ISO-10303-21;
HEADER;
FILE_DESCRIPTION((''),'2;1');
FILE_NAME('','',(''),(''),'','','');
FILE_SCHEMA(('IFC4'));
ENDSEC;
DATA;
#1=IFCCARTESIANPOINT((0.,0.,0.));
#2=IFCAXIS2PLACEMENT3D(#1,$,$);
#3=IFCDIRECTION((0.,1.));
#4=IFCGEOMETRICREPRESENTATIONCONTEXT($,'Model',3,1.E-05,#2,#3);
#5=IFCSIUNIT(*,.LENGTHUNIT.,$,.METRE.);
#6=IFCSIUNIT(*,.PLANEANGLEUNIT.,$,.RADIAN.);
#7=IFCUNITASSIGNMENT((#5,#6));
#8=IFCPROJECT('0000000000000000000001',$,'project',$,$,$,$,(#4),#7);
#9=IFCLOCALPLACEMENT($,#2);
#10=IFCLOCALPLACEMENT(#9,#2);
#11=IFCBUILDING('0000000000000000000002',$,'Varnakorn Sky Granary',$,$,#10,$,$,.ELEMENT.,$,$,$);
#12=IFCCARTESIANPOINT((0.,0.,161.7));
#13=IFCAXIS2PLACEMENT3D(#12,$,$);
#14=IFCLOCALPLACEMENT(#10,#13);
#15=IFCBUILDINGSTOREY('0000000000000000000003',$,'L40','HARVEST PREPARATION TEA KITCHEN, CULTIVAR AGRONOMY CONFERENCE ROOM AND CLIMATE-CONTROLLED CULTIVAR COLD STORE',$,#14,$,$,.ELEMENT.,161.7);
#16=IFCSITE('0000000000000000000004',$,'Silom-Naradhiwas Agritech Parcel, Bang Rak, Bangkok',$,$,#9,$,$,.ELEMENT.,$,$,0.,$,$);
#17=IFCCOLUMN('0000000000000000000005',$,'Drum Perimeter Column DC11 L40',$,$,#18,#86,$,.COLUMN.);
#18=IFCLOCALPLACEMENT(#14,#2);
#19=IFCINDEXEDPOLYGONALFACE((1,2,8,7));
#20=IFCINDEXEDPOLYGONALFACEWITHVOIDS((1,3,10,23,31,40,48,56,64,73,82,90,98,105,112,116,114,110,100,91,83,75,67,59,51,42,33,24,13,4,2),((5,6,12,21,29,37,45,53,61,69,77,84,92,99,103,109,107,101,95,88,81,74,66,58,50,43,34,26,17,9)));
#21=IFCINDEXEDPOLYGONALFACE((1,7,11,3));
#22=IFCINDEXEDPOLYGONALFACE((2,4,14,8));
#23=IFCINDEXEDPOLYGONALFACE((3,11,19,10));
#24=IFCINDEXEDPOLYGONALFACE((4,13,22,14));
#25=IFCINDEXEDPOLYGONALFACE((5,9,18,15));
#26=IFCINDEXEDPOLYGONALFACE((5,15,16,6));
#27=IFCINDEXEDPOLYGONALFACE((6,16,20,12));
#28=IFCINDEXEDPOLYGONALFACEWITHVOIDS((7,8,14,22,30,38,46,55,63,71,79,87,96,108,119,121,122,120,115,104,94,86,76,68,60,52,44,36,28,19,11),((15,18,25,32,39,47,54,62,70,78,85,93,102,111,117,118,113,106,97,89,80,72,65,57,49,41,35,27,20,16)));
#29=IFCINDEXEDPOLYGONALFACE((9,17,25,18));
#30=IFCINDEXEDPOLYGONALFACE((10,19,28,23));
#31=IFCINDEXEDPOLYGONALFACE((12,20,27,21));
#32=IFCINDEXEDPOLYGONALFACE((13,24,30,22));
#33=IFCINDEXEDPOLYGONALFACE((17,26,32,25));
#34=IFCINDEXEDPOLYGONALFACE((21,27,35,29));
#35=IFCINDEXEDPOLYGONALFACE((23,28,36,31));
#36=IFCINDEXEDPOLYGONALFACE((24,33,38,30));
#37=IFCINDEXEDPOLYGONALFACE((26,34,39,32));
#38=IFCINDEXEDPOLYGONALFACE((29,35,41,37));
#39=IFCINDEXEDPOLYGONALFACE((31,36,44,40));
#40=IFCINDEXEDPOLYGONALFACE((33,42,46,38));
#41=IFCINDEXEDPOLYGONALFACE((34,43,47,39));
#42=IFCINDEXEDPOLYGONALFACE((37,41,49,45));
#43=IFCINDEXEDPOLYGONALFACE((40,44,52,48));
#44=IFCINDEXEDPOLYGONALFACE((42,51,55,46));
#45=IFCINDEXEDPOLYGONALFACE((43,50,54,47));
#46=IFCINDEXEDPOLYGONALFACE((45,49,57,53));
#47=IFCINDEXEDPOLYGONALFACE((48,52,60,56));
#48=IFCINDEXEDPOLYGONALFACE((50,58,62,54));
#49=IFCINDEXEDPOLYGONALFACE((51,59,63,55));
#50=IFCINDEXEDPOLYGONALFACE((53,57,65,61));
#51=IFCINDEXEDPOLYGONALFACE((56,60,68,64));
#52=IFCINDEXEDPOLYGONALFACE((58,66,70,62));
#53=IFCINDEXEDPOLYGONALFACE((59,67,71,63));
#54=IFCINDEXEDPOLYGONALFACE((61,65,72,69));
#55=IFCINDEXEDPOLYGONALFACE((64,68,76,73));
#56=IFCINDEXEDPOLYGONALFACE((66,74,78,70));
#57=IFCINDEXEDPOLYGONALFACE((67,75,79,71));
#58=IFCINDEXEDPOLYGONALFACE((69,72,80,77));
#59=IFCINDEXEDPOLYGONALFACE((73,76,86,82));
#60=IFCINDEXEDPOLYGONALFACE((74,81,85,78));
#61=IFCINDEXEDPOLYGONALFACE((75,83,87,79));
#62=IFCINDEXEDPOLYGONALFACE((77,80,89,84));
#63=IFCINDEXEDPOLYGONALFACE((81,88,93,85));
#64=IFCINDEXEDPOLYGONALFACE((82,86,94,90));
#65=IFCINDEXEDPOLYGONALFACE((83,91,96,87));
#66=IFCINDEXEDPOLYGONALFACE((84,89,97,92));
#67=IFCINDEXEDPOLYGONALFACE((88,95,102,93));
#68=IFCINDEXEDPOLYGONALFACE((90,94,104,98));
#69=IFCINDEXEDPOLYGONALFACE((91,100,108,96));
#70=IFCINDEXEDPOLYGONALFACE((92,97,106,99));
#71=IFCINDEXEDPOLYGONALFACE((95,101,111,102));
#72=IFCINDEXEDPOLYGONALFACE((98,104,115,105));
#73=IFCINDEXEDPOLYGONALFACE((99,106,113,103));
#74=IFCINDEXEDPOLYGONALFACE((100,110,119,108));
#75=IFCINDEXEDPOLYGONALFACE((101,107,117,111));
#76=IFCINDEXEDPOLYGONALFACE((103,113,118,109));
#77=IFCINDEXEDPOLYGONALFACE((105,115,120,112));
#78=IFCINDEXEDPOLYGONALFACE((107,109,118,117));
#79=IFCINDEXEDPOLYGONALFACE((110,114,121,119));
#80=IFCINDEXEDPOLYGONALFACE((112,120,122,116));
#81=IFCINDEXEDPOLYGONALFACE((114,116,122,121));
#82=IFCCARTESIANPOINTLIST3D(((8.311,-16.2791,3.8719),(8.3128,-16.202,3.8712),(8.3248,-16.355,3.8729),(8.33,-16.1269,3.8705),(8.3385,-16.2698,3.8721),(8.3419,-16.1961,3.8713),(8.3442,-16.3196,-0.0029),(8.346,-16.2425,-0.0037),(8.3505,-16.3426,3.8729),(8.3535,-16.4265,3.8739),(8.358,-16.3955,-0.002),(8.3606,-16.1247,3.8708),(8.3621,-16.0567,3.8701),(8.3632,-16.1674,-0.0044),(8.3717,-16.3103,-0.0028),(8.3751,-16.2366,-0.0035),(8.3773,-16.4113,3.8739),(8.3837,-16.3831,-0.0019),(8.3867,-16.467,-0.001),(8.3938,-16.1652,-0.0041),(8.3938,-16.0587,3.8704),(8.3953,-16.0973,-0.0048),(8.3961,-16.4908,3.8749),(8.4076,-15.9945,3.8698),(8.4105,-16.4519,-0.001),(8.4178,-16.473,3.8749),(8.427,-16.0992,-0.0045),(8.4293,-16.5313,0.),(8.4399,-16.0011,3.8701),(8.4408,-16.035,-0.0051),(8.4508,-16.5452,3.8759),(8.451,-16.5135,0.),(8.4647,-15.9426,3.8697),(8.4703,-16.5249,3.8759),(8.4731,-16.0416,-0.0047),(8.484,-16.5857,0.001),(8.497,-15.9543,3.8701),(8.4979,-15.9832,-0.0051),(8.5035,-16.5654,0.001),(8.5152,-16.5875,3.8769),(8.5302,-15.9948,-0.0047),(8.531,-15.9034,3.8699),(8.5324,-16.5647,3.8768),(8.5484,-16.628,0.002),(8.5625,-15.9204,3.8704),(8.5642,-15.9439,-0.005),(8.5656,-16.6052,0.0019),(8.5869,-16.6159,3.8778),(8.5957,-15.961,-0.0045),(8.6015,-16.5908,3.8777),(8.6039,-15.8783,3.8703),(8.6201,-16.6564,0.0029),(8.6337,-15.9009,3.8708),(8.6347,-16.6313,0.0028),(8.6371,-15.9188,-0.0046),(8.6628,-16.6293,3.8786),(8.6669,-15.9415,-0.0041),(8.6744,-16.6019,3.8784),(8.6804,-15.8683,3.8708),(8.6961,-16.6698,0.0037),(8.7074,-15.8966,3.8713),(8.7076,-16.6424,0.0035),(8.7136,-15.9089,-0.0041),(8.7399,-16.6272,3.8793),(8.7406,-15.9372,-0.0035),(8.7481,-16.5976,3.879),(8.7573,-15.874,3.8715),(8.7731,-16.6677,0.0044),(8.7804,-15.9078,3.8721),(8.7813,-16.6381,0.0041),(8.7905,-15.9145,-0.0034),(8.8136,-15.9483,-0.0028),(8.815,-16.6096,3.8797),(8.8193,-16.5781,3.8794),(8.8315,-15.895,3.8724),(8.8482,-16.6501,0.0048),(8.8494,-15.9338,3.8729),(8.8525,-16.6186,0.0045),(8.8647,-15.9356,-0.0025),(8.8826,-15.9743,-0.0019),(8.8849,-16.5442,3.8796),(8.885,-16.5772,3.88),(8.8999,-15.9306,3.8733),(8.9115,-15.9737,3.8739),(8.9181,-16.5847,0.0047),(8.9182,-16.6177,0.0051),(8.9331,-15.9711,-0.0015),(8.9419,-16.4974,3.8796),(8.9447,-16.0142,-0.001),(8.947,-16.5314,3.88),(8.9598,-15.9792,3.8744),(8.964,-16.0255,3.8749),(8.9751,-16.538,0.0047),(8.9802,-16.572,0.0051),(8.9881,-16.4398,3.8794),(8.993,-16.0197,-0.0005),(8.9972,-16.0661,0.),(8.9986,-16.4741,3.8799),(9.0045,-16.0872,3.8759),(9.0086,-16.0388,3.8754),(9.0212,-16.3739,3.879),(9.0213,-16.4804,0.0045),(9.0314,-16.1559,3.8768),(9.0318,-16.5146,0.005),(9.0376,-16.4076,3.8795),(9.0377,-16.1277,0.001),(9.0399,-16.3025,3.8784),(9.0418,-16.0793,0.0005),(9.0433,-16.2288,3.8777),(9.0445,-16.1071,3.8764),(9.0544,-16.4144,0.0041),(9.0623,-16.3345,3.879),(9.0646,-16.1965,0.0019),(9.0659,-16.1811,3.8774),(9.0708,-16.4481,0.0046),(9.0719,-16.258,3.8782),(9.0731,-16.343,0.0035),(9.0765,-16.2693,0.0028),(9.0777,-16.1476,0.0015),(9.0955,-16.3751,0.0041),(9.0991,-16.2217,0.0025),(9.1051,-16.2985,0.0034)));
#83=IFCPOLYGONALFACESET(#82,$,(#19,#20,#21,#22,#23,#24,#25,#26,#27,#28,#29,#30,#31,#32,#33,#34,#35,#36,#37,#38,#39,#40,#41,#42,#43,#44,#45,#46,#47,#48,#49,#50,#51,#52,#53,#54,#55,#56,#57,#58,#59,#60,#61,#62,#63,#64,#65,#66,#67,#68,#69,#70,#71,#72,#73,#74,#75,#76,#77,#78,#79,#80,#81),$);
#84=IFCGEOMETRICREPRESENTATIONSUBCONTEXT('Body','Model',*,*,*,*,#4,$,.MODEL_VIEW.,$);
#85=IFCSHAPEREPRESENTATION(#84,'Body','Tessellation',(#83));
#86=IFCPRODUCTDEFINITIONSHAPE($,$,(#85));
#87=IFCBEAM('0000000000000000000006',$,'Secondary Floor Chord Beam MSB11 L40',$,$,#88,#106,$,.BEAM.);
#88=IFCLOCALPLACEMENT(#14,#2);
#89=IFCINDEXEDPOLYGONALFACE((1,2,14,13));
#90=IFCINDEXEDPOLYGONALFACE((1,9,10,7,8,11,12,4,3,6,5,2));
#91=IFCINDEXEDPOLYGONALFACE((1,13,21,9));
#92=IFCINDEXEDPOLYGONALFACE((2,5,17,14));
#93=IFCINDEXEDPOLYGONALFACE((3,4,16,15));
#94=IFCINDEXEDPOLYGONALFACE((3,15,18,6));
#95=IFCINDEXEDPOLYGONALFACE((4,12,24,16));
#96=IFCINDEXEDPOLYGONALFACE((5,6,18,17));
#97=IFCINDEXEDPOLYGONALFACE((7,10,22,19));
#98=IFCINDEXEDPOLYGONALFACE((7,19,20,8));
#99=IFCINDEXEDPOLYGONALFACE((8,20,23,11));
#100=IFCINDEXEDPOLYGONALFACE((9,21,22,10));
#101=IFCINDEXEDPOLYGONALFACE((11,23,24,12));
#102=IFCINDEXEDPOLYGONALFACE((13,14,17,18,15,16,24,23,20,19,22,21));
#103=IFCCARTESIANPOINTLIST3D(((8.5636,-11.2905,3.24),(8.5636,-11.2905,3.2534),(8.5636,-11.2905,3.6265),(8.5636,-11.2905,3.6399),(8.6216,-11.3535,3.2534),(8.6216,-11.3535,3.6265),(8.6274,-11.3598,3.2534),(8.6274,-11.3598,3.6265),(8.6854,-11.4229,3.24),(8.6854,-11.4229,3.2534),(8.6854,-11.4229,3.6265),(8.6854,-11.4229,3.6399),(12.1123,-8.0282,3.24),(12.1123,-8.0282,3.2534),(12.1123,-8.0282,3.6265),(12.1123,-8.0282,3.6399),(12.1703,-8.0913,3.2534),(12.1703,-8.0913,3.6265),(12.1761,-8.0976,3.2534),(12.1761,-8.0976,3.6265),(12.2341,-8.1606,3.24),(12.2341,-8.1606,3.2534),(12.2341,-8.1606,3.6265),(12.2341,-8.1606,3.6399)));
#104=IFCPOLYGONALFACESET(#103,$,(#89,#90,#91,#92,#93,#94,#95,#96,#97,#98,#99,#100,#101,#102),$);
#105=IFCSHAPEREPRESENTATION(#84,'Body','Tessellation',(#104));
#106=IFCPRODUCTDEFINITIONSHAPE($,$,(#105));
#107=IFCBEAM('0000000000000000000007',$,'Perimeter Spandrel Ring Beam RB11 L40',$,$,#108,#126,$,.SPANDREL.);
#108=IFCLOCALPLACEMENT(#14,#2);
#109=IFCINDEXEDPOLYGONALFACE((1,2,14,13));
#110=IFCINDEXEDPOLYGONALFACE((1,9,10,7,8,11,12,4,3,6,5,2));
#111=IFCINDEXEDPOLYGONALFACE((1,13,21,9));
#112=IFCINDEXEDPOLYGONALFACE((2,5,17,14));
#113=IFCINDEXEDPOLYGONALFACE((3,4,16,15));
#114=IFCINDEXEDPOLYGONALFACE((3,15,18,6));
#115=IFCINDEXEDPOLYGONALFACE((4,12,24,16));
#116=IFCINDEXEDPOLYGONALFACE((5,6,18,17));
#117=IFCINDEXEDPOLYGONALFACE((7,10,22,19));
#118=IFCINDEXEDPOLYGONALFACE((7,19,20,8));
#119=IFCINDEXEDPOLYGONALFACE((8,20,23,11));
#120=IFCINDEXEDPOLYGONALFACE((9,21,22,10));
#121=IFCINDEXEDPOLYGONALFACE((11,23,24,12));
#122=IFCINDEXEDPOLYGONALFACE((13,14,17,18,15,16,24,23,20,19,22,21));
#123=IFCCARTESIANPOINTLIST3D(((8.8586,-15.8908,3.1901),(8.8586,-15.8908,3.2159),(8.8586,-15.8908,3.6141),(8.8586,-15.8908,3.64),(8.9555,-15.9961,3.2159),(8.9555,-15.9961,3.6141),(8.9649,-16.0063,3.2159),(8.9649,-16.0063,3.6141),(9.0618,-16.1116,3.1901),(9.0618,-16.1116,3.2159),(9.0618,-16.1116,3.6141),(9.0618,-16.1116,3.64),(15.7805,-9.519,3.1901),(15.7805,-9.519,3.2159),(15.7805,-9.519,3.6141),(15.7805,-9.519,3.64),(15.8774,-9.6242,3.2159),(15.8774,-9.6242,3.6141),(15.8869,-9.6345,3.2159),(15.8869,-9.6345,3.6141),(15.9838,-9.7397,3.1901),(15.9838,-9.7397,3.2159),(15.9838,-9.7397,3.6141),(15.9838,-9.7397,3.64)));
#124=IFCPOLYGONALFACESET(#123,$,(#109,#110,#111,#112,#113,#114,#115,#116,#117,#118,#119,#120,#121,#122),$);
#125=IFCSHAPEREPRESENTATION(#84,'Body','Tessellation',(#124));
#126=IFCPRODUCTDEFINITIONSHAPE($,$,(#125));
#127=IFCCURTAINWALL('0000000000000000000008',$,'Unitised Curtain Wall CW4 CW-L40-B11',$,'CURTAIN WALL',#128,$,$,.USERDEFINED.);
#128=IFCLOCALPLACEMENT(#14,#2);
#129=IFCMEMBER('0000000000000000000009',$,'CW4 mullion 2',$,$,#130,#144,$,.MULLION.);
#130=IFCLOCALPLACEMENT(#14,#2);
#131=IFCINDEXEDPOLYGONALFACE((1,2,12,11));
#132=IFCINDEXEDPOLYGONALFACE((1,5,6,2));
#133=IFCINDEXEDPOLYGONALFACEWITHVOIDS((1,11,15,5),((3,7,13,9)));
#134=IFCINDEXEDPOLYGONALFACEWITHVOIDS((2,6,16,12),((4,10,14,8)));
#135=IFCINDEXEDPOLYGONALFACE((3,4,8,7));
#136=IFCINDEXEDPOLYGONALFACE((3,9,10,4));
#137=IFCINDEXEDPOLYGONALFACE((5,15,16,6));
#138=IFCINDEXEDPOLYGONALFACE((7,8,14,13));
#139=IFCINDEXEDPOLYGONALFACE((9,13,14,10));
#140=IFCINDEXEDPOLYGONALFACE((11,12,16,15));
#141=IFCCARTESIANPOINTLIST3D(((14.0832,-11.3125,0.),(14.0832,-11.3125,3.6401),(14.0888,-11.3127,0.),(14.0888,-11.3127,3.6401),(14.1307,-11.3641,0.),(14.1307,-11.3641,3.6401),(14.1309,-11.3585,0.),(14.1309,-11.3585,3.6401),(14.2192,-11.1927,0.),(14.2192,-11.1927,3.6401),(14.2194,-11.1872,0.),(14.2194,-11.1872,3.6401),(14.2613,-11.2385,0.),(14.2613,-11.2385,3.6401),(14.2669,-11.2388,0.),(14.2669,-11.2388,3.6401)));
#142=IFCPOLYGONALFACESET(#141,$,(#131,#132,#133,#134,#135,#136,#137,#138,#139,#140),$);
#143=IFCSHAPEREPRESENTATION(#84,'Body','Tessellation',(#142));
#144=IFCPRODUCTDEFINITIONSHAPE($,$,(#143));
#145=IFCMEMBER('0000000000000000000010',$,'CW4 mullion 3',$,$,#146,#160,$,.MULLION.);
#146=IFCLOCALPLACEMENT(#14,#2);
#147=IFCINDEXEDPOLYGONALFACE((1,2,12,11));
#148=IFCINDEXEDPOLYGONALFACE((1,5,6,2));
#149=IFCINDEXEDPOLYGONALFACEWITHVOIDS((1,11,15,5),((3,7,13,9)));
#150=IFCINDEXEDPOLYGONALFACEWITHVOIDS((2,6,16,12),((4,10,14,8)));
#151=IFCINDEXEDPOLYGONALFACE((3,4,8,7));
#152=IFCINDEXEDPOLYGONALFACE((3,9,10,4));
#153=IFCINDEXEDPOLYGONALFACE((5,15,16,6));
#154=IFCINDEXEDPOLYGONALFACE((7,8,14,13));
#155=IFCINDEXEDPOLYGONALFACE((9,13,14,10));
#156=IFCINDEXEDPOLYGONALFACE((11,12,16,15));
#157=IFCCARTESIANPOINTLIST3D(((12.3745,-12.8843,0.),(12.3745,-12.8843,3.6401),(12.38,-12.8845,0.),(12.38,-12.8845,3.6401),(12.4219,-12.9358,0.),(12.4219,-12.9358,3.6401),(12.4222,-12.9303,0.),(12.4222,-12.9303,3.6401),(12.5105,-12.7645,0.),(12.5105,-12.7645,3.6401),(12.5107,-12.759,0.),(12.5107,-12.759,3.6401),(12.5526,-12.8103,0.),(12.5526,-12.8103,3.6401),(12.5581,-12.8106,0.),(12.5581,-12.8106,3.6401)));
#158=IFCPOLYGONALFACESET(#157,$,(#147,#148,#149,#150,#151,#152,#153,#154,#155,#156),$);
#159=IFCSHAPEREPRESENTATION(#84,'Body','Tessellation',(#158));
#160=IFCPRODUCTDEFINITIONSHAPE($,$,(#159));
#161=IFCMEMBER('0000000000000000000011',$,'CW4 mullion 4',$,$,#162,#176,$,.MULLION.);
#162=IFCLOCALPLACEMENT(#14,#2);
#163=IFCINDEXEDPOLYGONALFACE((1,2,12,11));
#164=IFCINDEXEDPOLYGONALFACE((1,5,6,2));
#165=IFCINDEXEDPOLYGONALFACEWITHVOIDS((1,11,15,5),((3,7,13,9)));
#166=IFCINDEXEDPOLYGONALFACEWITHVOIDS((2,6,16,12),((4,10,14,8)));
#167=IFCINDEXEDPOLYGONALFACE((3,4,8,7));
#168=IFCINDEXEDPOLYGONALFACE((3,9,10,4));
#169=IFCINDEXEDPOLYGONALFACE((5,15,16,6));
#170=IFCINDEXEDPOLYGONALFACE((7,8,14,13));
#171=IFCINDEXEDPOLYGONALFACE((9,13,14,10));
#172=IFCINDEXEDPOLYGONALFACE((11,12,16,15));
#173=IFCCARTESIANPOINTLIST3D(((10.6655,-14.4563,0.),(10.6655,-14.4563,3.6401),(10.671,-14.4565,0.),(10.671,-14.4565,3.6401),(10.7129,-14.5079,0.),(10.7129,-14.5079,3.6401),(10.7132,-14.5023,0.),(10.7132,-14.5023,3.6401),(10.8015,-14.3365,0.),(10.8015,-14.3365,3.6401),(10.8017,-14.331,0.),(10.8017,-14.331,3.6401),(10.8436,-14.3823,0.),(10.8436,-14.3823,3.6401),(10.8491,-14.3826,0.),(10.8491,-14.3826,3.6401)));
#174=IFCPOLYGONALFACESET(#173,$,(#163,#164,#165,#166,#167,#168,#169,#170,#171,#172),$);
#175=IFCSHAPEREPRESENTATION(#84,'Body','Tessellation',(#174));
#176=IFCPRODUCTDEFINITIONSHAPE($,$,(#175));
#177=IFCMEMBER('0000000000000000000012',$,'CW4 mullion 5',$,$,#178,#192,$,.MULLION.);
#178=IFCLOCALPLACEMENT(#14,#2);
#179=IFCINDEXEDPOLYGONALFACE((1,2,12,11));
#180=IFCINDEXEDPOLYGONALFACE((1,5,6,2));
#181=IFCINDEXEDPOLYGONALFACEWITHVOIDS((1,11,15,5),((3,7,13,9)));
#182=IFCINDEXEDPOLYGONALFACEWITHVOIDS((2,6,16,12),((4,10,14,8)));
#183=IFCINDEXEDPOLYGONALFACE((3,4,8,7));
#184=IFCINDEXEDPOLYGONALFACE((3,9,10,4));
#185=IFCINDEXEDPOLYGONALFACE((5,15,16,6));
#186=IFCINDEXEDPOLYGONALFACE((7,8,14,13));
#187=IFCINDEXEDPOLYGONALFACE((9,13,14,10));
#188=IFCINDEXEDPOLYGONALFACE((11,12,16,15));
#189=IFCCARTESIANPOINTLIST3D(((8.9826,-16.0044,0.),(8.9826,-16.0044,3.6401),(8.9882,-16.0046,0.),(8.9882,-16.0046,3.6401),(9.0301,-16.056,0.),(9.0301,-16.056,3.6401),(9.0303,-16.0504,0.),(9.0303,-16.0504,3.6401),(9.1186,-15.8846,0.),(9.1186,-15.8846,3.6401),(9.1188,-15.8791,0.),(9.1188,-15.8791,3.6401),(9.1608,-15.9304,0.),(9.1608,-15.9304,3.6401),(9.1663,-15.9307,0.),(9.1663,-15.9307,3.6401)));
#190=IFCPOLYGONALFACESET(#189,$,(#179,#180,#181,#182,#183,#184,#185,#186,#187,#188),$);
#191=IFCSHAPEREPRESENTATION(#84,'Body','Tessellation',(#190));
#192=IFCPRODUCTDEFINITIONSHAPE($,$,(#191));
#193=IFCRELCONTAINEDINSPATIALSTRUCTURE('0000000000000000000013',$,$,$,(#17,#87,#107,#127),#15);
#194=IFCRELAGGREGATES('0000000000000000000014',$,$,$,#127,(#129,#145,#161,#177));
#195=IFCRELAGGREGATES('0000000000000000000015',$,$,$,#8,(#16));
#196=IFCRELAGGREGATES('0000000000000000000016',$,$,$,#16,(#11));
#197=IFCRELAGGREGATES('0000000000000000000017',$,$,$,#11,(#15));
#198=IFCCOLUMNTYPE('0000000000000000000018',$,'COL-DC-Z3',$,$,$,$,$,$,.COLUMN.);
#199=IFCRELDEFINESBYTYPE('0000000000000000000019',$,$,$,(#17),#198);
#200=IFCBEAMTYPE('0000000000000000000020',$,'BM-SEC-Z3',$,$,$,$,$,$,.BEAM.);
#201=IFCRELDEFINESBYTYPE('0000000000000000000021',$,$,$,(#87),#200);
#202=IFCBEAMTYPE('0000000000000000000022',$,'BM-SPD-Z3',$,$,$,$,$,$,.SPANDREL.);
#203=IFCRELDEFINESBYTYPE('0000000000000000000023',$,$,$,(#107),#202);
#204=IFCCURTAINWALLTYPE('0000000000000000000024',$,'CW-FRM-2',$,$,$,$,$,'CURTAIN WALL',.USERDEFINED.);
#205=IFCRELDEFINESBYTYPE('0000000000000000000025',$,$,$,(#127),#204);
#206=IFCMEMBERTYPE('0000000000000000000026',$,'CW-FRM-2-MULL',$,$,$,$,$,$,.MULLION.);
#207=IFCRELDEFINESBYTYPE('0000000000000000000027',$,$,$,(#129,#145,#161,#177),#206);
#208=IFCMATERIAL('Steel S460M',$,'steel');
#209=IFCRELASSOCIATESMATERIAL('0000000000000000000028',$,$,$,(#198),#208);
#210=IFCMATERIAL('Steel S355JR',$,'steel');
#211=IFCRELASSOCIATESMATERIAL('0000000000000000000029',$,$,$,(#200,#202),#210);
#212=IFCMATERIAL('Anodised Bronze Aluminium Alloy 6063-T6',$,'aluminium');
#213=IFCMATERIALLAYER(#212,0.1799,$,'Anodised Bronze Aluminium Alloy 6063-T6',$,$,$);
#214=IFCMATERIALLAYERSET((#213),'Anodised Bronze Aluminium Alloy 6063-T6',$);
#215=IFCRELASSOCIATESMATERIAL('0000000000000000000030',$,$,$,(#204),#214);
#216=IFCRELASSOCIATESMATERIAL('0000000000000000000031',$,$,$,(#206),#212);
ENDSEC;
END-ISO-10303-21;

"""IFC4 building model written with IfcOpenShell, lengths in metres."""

from ifc_helpers import new_model, si_unit, direction, frame, origin, origin_2d, place, context, subcontext, project, spatial, hollow_rectangle, hollow_circle, i_section, extrude, material, layer, layer_set, material_profile, profile_set, type_object, element, aggregate, save


model = new_model("IFC4")

# Units and contexts
model_context = context("Model", 3, precision=1e-05, world=origin(), true_north=direction((0.0, 1.0)))
body_context = subcontext(model_context, "Body", "Model", "MODEL_VIEW")
ifc_project = project(units=[si_unit("LENGTHUNIT", "METRE"), si_unit("PLANEANGLEUNIT", "RADIAN")], contexts=[model_context])

# Site, building, storey
site_placement = place(None, origin())
site = spatial("IfcSite", under=ifc_project, at=site_placement, Name="Silom-Naradhiwas Agritech Parcel, Bang Rak, Bangkok", CompositionType="ELEMENT", RefElevation=0.0)
building_placement = place(site_placement, origin())
building = spatial("IfcBuilding", under=site, at=building_placement, Name="Varnakorn Sky Granary", CompositionType="ELEMENT")
storey_placement = place(building_placement, frame((0.0, 0.0, 161.7)))
storey = spatial("IfcBuildingStorey", under=building, at=storey_placement, Name="L40", Description="HARVEST PREPARATION TEA KITCHEN, CULTIVAR AGRONOMY CONFERENCE ROOM AND CLIMATE-CONTROLLED CULTIVAR COLD STORE", CompositionType="ELEMENT", Elevation=161.7)

# Column
ifc_material_1 = material(Name="Steel S460M", Category="steel")
ifc_material_profile_1 = material_profile(ifc_material_1, hollow_circle(Radius=0.3811, WallThickness=0.0281, at=origin_2d()), Name="CHS 762x28")
ifc_profile_set_1 = profile_set([ifc_material_profile_1], Name="Steel S460M")
column_type = type_object("IfcColumnType", Name="COL-DC-Z3", PredefinedType="COLUMN", material=ifc_profile_set_1)
column_placement = place(storey_placement, frame((8.7241, -16.2898, 0.0), z_axis=(-0.008568, 0.010458, 0.999909), x_axis=(-0.773542, -0.633745, 0.0)))
element("IfcColumn", 1, at=column_placement, inside=storey, type_object=column_type, Name="Drum Perimeter Column DC11 L40", PredefinedType="COLUMN", context=body_context, shape_type="SweptSolid", body=[
    extrude(hollow_circle(Radius=0.3811, WallThickness=0.0281, at=origin_2d()), origin(), (0.0, 0.0, 1.0), 3.8752),
])

# Beams
ifc_material_2 = material(Name="Steel S355JR", Category="steel")
ifc_material_profile_2 = material_profile(ifc_material_2, i_section(OverallWidth=0.1799, OverallDepth=0.3999, WebThickness=0.0085, FlangeThickness=0.0134, at=origin_2d()), Name="IPE 400")
ifc_profile_set_2 = profile_set([ifc_material_profile_2], Name="Steel S355JR")
beam_type_1 = type_object("IfcBeamType", Name="BM-SEC-Z3", PredefinedType="BEAM", material=ifc_profile_set_2)
beam_1_placement = place(storey_placement, frame((8.6245, -11.3567, 3.4399), z_axis=(0.736188, 0.676777, 0.0), x_axis=(-0.676777, 0.736188, 0.0)))
element("IfcBeam", 2, at=beam_1_placement, inside=storey, type_object=beam_type_1, Name="Secondary Floor Chord Beam MSB11 L40", PredefinedType="BEAM", context=body_context, shape_type="SweptSolid", body=[
    extrude(i_section(OverallWidth=0.1799, OverallDepth=0.3999, WebThickness=0.0085, FlangeThickness=0.0134, at=origin_2d()), origin(), (0.0, 0.0, 1.0), 4.8203),
])
ifc_material_profile_3 = material_profile(ifc_material_2, i_section(OverallWidth=0.3, OverallDepth=0.45, WebThickness=0.0139, FlangeThickness=0.0259, at=origin_2d()), Name="HE 450 B")
ifc_profile_set_3 = profile_set([ifc_material_profile_3], Name="Steel S355JR")
beam_type_2 = type_object("IfcBeamType", Name="BM-SPD-Z3", PredefinedType="SPANDREL", material=ifc_profile_set_3)
beam_2_placement = place(storey_placement, frame((8.9602, -16.0012, 3.415), z_axis=(0.735735, 0.67727, 0.0), x_axis=(-0.67727, 0.735735, 0.0)))
element("IfcBeam", 3, at=beam_2_placement, inside=storey, type_object=beam_type_2, Name="Perimeter Spandrel Ring Beam RB11 L40", PredefinedType="SPANDREL", context=body_context, shape_type="SweptSolid", body=[
    extrude(i_section(OverallWidth=0.3, OverallDepth=0.45, WebThickness=0.0139, FlangeThickness=0.0259, at=origin_2d()), origin(), (0.0, 0.0, 1.0), 9.4082),
])

# Curtain wall, members
ifc_material_3 = material(Name="Anodised Bronze Aluminium Alloy 6063-T6", Category="aluminium")
ifc_layer_1 = layer(ifc_material_3, 0.1799, Name="Anodised Bronze Aluminium Alloy 6063-T6")
ifc_layer_set_1 = layer_set([ifc_layer_1], Name="Anodised Bronze Aluminium Alloy 6063-T6")
curtain_wall_type = type_object("IfcCurtainWallType", Name="CW-FRM-2", ElementType="CURTAIN WALL", PredefinedType="USERDEFINED", material=ifc_layer_set_1)
curtain_wall_placement = place(storey_placement, origin())
curtain_wall = element("IfcCurtainWall", 4, at=curtain_wall_placement, inside=storey, type_object=curtain_wall_type, Name="Unitised Curtain Wall CW4 CW-L40-B11", ObjectType="CURTAIN WALL", PredefinedType="USERDEFINED")
ifc_material_profile_4 = material_profile(ifc_material_3, hollow_rectangle(XDim=0.0701, YDim=0.1851, WallThickness=0.0039, at=origin_2d()), Name="ALU MULL 70x185")
ifc_profile_set_4 = profile_set([ifc_material_profile_4], Name="Anodised Bronze Aluminium Alloy 6063-T6")
member_type_1 = type_object("IfcMemberType", Name="CW-FRM-2-MULL", PredefinedType="MULLION", material=ifc_profile_set_4)
member_1_placement = place(storey_placement, frame((14.175, -11.2756, 0.0), z_axis=(0.0, 0.0, 1.0), x_axis=(0.677011, -0.735973, 0.0)))
member_1 = element("IfcMember", 5, at=member_1_placement, type_object=member_type_1, Name="CW4 mullion 2", PredefinedType="MULLION", context=body_context, shape_type="SweptSolid", body=[
    extrude(hollow_rectangle(XDim=0.0701, YDim=0.1851, WallThickness=0.0039, at=origin_2d()), origin(), (0.0, 0.0, 1.0), 3.6401),
])
member_2_placement = place(storey_placement, frame((12.4663, -12.8474, 0.0), z_axis=(0.0, 0.0, 1.0), x_axis=(0.677011, -0.735973, 0.0)))
member_2 = element("IfcMember", 6, at=member_2_placement, type_object=member_type_1, Name="CW4 mullion 3", PredefinedType="MULLION", context=body_context, shape_type="SweptSolid", body=[
    extrude(hollow_rectangle(XDim=0.0701, YDim=0.1851, WallThickness=0.0039, at=origin_2d()), origin(), (0.0, 0.0, 1.0), 3.6401),
])
member_3_placement = place(storey_placement, frame((10.7573, -14.4194, 0.0), z_axis=(0.0, 0.0, 1.0), x_axis=(0.677011, -0.735973, 0.0)))
member_3 = element("IfcMember", 7, at=member_3_placement, type_object=member_type_1, Name="CW4 mullion 4", PredefinedType="MULLION", context=body_context, shape_type="SweptSolid", body=[
    extrude(hollow_rectangle(XDim=0.0701, YDim=0.1851, WallThickness=0.0039, at=origin_2d()), origin(), (0.0, 0.0, 1.0), 3.6401),
])
member_4_placement = place(storey_placement, frame((9.0745, -15.9675, 0.0), z_axis=(0.0, 0.0, 1.0), x_axis=(0.677011, -0.735973, 0.0)))
member_4 = element("IfcMember", 8, at=member_4_placement, type_object=member_type_1, Name="CW4 mullion 5", PredefinedType="MULLION", context=body_context, shape_type="SweptSolid", body=[
    extrude(hollow_rectangle(XDim=0.0701, YDim=0.1851, WallThickness=0.0039, at=origin_2d()), origin(), (0.0, 0.0, 1.0), 3.6401),
])

aggregate(curtain_wall, [member_1, member_2, member_3, member_4])

save(model, "model.ifc")
